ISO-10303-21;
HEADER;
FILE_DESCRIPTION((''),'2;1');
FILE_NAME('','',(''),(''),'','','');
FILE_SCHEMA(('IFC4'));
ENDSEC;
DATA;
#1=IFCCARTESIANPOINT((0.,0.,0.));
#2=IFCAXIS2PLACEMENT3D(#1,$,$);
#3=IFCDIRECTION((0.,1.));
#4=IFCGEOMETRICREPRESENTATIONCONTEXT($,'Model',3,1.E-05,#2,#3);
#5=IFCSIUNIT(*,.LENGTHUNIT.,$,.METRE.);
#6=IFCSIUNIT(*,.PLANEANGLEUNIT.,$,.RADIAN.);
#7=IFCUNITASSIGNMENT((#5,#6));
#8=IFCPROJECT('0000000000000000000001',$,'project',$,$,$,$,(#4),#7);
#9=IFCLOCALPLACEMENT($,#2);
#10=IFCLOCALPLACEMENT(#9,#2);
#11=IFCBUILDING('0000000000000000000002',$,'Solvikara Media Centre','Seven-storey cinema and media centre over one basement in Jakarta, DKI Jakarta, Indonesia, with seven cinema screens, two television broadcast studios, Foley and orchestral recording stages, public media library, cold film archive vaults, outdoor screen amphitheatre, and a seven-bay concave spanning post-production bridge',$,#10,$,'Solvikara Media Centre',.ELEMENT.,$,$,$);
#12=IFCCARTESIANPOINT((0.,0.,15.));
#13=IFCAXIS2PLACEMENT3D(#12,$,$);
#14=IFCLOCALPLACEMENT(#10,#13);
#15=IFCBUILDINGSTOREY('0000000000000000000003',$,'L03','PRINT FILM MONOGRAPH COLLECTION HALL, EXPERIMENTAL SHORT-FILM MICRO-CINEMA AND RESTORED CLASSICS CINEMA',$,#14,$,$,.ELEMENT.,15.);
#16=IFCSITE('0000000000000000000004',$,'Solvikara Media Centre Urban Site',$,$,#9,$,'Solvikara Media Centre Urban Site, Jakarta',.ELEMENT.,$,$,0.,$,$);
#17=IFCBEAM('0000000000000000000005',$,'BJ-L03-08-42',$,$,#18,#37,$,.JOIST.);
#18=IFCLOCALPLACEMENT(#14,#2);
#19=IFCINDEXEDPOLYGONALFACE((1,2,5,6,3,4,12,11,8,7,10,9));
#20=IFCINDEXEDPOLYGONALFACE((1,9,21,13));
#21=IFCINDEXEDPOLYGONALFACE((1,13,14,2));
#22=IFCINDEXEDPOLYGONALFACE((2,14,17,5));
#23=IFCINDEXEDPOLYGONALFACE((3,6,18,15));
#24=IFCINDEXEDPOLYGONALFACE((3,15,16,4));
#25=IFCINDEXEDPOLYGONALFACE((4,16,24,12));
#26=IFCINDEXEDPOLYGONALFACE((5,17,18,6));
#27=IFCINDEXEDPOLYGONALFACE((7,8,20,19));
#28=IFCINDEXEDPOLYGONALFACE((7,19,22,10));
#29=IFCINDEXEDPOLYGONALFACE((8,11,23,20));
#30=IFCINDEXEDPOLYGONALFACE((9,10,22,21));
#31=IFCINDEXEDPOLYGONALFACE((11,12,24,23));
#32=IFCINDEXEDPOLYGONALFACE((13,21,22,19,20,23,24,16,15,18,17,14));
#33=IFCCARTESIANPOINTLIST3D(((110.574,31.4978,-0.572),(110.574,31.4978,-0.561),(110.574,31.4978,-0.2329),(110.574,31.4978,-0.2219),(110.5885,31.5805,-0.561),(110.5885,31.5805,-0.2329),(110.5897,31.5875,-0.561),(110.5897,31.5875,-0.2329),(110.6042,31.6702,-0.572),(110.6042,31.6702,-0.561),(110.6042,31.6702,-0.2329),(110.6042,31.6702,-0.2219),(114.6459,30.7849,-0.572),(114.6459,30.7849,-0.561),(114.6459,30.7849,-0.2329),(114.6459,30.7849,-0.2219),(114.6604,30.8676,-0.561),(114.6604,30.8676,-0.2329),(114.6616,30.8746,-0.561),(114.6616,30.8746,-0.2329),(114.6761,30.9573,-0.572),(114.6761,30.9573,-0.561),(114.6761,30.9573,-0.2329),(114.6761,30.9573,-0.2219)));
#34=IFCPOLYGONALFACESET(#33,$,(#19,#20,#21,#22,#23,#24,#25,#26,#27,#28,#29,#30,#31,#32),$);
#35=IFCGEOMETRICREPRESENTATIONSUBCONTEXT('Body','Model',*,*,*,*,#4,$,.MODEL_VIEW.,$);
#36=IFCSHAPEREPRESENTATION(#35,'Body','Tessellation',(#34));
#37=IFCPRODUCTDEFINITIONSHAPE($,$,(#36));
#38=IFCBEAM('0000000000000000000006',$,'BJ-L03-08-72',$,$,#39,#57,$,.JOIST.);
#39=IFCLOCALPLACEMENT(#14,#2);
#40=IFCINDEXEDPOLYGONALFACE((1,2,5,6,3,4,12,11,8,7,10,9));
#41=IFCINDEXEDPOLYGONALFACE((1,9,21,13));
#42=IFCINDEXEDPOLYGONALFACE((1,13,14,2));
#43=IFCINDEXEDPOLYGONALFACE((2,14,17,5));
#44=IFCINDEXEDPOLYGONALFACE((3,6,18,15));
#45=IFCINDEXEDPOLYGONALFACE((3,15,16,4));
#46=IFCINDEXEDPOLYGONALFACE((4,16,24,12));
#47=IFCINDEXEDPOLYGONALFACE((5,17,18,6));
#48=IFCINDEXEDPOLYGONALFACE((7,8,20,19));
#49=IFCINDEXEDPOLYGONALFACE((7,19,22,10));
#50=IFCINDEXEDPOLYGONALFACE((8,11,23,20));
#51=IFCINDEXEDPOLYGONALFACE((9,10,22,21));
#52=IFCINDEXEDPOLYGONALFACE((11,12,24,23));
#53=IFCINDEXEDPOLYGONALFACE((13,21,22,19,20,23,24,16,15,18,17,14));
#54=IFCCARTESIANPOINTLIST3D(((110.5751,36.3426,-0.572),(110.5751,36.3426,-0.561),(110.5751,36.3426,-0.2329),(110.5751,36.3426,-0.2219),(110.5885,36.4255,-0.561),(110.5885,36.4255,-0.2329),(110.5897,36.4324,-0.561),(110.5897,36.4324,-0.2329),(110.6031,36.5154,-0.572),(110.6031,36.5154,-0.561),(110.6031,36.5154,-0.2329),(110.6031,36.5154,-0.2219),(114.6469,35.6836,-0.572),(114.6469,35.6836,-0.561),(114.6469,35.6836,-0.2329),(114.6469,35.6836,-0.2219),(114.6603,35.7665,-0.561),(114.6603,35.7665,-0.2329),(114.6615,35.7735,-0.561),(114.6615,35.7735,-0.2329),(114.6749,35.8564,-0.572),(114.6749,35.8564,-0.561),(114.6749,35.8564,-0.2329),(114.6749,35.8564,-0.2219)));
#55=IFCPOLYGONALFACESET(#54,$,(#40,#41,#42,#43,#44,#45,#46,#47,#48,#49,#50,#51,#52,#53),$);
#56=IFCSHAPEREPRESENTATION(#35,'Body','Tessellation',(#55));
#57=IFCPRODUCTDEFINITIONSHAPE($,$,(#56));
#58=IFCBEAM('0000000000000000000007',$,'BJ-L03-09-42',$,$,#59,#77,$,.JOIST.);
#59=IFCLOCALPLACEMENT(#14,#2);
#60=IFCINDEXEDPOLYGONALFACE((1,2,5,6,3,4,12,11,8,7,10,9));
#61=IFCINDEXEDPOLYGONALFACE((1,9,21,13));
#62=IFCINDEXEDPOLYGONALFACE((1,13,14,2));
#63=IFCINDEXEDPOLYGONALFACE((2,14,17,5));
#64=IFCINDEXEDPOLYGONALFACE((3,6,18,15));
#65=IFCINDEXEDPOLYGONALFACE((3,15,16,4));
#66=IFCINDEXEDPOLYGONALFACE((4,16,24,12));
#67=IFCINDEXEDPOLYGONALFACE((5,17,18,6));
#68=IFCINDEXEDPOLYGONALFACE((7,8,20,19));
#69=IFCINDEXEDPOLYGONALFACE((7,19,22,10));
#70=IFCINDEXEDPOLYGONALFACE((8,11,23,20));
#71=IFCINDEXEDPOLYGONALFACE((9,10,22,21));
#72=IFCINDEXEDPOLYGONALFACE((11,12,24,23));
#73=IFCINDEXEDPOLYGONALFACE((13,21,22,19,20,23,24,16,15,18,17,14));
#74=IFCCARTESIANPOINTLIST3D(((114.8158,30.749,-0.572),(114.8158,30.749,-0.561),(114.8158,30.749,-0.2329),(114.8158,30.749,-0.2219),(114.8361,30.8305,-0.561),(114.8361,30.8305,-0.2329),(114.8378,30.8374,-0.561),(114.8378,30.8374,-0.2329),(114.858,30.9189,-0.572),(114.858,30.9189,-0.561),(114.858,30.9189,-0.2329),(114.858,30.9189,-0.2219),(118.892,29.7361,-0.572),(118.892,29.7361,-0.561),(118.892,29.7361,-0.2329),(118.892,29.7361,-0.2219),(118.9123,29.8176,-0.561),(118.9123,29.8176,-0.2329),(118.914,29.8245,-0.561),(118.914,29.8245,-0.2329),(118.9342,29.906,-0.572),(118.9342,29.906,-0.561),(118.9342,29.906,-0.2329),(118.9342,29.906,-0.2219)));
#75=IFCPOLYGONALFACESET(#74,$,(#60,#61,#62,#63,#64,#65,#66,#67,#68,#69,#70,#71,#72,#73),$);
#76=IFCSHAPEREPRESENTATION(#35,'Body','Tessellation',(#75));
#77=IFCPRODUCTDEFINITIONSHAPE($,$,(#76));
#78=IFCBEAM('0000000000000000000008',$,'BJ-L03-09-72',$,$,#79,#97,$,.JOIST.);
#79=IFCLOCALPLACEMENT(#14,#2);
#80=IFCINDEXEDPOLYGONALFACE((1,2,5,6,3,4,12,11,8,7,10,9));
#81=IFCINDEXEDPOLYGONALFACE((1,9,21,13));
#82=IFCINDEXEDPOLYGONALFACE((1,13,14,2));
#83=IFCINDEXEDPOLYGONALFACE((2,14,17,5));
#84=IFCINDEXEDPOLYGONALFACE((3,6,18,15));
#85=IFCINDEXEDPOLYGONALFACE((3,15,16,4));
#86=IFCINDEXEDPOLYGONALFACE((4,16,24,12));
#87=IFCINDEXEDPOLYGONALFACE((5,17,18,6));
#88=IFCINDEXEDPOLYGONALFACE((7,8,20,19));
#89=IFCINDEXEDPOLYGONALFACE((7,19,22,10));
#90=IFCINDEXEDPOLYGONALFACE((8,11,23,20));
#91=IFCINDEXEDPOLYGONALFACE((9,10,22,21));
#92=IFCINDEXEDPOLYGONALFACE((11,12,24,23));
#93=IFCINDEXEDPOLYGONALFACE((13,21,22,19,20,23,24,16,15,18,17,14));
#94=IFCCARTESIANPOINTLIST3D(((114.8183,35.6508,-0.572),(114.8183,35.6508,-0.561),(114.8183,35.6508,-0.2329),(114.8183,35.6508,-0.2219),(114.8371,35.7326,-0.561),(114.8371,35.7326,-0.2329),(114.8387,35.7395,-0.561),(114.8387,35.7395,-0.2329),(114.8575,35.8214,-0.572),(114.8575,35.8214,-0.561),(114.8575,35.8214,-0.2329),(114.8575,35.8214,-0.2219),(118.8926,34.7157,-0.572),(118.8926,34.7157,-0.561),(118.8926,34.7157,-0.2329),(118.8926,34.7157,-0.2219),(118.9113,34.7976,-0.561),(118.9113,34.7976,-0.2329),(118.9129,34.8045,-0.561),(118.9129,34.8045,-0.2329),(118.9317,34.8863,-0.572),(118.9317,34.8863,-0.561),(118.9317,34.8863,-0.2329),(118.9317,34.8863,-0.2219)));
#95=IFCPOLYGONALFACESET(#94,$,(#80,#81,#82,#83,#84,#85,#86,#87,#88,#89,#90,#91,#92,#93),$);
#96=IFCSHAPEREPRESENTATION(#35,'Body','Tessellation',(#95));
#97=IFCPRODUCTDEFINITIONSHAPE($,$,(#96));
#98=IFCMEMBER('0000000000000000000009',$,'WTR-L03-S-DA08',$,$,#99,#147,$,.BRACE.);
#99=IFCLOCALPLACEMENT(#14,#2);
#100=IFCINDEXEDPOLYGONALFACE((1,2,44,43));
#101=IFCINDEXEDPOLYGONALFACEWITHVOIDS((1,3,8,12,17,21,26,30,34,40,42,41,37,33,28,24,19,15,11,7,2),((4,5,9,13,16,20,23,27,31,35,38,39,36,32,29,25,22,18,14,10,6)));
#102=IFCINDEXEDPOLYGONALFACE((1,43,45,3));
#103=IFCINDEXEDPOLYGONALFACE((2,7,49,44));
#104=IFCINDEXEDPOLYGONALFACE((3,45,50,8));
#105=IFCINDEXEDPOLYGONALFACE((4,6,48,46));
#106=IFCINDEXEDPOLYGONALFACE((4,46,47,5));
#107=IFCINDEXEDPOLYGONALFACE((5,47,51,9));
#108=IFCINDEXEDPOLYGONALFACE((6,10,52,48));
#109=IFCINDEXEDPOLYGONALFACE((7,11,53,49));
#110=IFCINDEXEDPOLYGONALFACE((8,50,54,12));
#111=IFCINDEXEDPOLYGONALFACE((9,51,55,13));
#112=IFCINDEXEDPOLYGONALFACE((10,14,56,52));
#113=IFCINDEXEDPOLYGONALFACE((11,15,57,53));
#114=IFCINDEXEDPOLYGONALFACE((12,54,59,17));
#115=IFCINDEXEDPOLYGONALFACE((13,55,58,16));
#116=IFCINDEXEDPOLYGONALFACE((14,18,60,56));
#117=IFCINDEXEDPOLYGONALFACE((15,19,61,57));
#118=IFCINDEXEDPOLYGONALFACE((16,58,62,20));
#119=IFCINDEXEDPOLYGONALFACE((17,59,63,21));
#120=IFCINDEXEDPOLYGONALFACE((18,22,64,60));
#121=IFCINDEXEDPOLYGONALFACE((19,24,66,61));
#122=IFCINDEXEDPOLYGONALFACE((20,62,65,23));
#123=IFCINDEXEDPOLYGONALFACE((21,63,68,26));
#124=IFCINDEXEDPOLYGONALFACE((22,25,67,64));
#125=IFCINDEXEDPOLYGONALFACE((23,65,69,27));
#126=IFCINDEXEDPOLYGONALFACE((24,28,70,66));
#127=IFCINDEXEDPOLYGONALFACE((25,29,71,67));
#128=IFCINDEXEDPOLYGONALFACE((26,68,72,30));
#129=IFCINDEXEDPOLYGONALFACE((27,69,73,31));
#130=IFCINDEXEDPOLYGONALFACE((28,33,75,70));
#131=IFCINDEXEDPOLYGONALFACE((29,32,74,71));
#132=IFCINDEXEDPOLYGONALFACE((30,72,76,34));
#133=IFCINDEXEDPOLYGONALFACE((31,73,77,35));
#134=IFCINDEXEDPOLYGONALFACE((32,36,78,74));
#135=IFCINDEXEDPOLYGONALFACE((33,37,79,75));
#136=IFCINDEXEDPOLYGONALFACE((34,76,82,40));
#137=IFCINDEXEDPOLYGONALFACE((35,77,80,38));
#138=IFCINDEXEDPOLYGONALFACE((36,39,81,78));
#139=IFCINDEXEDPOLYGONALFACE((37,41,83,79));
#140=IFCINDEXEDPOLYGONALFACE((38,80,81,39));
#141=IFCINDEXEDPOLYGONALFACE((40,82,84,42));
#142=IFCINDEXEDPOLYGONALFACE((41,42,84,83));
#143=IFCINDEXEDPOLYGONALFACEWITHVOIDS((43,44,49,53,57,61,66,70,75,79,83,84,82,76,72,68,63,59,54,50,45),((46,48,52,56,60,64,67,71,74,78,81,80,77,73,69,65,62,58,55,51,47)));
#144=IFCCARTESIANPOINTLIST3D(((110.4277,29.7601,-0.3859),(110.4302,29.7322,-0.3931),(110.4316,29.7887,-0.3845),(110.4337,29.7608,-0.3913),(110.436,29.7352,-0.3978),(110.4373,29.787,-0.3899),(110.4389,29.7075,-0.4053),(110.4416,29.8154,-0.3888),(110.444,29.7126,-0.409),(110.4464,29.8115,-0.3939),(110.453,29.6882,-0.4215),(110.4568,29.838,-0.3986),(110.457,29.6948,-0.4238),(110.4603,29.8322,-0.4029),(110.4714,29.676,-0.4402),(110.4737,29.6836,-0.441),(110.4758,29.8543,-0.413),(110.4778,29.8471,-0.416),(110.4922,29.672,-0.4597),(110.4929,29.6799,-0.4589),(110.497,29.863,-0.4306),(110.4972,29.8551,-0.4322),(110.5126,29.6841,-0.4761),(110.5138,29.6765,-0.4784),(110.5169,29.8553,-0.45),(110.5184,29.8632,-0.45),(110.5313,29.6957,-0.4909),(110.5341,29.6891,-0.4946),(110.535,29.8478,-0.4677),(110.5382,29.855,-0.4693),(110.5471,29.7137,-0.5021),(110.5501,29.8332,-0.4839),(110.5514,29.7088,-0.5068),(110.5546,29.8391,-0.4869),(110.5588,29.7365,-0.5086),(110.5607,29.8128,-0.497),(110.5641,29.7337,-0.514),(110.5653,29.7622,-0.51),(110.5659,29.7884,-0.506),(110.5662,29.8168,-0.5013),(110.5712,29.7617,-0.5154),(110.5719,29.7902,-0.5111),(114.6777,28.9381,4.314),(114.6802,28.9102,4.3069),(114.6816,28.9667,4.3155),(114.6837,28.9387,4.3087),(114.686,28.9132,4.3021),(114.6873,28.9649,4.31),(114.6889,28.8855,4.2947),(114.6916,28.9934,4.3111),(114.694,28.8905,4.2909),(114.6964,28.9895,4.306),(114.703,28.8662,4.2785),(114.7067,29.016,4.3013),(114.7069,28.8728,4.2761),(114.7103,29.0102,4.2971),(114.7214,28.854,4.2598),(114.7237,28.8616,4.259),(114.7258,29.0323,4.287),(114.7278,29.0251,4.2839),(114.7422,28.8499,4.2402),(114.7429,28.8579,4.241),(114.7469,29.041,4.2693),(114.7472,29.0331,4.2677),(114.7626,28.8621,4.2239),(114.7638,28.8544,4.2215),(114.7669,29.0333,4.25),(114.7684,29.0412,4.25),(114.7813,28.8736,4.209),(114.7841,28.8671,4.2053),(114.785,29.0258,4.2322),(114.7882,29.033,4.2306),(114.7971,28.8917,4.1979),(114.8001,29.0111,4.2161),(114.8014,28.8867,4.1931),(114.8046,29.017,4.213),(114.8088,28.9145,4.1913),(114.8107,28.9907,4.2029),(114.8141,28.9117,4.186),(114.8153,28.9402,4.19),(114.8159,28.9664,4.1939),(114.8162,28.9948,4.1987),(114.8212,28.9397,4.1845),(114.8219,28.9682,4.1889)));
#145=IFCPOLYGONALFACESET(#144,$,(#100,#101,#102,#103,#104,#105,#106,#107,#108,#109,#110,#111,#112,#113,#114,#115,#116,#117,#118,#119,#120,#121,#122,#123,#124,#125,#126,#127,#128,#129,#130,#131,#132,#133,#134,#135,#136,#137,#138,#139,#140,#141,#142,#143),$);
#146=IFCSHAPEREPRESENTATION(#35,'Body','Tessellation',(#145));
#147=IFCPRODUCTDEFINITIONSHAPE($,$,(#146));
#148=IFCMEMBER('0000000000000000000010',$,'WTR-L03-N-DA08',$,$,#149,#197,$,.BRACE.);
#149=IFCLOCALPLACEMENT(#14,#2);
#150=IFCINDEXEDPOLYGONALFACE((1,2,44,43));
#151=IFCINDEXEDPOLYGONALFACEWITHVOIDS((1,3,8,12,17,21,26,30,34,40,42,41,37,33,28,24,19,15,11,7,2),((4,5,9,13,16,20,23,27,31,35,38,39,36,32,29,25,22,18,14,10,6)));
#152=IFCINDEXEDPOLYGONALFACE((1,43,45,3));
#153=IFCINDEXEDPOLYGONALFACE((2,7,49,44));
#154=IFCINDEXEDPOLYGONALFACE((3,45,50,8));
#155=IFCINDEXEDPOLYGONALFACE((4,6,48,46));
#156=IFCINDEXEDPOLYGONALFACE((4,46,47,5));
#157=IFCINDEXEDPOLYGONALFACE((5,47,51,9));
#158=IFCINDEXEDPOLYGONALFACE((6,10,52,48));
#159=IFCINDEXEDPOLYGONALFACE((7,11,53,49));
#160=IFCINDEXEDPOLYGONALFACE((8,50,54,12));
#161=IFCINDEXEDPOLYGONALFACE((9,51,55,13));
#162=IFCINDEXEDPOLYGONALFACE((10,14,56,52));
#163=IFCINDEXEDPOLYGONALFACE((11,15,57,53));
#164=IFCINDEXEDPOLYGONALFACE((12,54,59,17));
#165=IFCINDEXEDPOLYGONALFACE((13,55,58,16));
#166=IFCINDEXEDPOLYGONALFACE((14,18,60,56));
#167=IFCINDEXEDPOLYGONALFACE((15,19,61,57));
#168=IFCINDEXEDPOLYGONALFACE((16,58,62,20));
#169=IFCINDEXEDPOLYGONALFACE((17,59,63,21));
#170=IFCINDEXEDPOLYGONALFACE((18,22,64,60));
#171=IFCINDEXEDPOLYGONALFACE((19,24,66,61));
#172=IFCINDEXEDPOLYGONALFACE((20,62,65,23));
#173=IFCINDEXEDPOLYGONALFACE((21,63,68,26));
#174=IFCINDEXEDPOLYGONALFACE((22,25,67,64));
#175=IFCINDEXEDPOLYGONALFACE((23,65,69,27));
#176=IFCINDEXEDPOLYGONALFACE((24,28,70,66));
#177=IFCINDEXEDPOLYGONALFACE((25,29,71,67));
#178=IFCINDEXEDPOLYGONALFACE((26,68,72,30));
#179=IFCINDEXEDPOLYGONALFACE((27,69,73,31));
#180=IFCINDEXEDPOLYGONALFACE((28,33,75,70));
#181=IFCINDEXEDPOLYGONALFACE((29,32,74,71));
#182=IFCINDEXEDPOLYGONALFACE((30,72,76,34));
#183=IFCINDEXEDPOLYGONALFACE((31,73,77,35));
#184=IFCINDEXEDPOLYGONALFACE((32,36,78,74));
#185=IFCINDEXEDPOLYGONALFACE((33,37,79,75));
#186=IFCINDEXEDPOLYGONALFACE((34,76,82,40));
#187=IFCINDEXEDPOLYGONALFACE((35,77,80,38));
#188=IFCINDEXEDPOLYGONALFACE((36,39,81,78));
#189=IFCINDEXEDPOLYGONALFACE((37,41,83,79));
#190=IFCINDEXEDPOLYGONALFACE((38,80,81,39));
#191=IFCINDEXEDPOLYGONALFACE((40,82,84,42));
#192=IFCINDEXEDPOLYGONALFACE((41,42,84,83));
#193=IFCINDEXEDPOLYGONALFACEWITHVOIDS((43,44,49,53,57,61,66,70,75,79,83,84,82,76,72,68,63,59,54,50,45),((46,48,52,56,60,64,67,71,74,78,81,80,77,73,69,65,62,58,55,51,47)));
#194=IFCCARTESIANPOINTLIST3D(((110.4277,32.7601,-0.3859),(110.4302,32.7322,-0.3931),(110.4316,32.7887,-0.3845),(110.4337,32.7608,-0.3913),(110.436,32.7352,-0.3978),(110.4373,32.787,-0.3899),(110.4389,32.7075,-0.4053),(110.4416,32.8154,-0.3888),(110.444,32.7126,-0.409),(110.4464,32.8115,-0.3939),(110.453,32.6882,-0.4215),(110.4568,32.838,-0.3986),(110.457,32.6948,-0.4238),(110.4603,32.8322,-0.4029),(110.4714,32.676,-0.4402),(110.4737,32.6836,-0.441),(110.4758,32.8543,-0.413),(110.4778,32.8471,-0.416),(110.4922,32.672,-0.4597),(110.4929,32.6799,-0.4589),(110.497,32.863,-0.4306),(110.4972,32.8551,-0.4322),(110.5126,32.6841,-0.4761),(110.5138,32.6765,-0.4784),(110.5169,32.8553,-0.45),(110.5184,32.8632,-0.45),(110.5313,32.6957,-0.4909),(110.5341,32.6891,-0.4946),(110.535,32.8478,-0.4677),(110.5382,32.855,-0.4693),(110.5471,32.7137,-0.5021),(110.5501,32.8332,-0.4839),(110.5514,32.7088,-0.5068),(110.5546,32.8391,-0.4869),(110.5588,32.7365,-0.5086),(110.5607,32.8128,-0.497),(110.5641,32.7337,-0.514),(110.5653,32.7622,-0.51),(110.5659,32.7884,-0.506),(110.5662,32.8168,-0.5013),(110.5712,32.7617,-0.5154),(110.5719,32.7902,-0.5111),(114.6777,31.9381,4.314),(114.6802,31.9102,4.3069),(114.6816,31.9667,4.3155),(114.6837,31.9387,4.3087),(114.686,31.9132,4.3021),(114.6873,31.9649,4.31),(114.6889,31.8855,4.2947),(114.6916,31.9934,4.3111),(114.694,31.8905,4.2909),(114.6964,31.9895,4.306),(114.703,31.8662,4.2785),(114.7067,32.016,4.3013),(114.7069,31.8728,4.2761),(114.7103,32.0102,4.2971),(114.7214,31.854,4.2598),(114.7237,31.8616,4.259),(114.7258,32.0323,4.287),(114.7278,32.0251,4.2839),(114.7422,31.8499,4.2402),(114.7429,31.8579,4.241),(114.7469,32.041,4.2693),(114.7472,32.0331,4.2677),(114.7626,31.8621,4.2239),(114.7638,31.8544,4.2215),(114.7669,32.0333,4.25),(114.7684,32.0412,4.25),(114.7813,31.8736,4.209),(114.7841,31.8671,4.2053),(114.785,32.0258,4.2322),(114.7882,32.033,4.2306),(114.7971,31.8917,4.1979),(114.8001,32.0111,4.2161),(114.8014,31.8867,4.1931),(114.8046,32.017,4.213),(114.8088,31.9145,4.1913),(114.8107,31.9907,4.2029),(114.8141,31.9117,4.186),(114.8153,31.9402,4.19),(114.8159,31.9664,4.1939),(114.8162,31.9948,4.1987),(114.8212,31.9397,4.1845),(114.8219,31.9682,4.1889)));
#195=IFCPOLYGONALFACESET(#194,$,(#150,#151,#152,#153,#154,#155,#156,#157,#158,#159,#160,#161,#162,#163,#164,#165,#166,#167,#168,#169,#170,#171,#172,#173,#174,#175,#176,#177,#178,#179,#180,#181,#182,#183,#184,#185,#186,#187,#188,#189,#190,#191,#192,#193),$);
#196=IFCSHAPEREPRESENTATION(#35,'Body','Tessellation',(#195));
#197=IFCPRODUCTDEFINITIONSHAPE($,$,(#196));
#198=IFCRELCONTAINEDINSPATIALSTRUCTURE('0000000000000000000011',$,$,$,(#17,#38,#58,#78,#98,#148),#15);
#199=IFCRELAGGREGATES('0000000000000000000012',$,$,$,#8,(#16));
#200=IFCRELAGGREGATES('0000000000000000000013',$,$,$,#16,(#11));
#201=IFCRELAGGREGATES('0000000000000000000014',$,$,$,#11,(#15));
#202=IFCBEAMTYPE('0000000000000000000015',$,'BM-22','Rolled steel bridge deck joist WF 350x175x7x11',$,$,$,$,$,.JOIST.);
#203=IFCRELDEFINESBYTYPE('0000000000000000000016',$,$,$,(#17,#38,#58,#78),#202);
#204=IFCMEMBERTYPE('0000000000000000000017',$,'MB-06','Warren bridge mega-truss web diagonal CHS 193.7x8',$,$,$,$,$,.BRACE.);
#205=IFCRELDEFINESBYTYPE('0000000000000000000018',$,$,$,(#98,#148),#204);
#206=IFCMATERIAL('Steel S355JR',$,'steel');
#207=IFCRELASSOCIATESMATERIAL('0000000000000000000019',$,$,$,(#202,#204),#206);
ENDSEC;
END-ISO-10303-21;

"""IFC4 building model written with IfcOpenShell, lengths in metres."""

from ifc_helpers import new_model, si_unit, direction, frame, origin, origin_2d, place, context, subcontext, project, spatial, hollow_circle, i_section, extrude, material, material_profile, profile_set, type_object, element, save


model = new_model("IFC4")

# Units and contexts
model_context = context("Model", 3, precision=1e-05, world=origin(), true_north=direction((0.0, 1.0)))
body_context = subcontext(model_context, "Body", "Model", "MODEL_VIEW")
ifc_project = project(units=[si_unit("LENGTHUNIT", "METRE"), si_unit("PLANEANGLEUNIT", "RADIAN")], contexts=[model_context])

# Site, building, storey
site_placement = place(None, origin())
site = spatial("IfcSite", under=ifc_project, at=site_placement, Name="Solvikara Media Centre Urban Site", LongName="Solvikara Media Centre Urban Site, Jakarta", CompositionType="ELEMENT", RefElevation=0.0)
building_placement = place(site_placement, origin())
building = spatial("IfcBuilding", under=site, at=building_placement, Name="Solvikara Media Centre", Description="Seven-storey cinema and media centre over one basement in Jakarta, DKI Jakarta, Indonesia, with seven cinema screens, two television broadcast studios, Foley and orchestral recording stages, public media library, cold film archive vaults, outdoor screen amphitheatre, and a seven-bay concave spanning post-production bridge", LongName="Solvikara Media Centre", CompositionType="ELEMENT")
storey_placement = place(building_placement, frame((0.0, 0.0, 15.0)))
storey = spatial("IfcBuildingStorey", under=building, at=storey_placement, Name="L03", Description="PRINT FILM MONOGRAPH COLLECTION HALL, EXPERIMENTAL SHORT-FILM MICRO-CINEMA AND RESTORED CLASSICS CINEMA", CompositionType="ELEMENT", Elevation=15.0)

# Beams
ifc_material_1 = material(Name="Steel S355JR", Category="steel")
ifc_material_profile_1 = material_profile(ifc_material_1, i_section(OverallWidth=0.175, OverallDepth=0.3501, WebThickness=0.0071, FlangeThickness=0.011, at=origin_2d()), Name="WF 350x175x7x11")
ifc_profile_set_1 = profile_set([ifc_material_profile_1], Name="Steel S355JR")
beam_type_1 = type_object("IfcBeamType", Name="BM-22", Description="Rolled steel bridge deck joist WF 350x175x7x11", PredefinedType="JOIST", material=ifc_profile_set_1)
beam_1_placement = place(storey_placement, frame((110.5891, 31.584, -0.397), z_axis=(0.985017, -0.172458, 0.0), x_axis=(0.172458, 0.985017, 0.0)))
element("IfcBeam", 1, at=beam_1_placement, inside=storey, type_object=beam_type_1, Name="BJ-L03-08-42", PredefinedType="JOIST", context=body_context, shape_type="SweptSolid", body=[
    extrude(i_section(OverallWidth=0.175, OverallDepth=0.3501, WebThickness=0.0071, FlangeThickness=0.011, at=origin_2d()), origin(), (0.0, 0.0, 1.0), 4.1338),
])
beam_2_placement = place(storey_placement, frame((110.5891, 36.429, -0.397), z_axis=(0.987157, -0.159752, 0.0), x_axis=(0.159752, 0.987157, 0.0)))
element("IfcBeam", 2, at=beam_2_placement, inside=storey, type_object=beam_type_1, Name="BJ-L03-08-72", PredefinedType="JOIST", context=body_context, shape_type="SweptSolid", body=[
    extrude(i_section(OverallWidth=0.175, OverallDepth=0.3501, WebThickness=0.0071, FlangeThickness=0.011, at=origin_2d()), origin(), (0.0, 0.0, 1.0), 4.1248),
])
beam_3_placement = place(storey_placement, frame((114.8369, 30.834, -0.397), z_axis=(0.970483, -0.241168, 0.0), x_axis=(0.241168, 0.970483, 0.0)))
element("IfcBeam", 3, at=beam_3_placement, inside=storey, type_object=beam_type_1, Name="BJ-L03-09-42", PredefinedType="JOIST", context=body_context, shape_type="SweptSolid", body=[
    extrude(i_section(OverallWidth=0.175, OverallDepth=0.3501, WebThickness=0.0071, FlangeThickness=0.011, at=origin_2d()), origin(), (0.0, 0.0, 1.0), 4.2002),
])
beam_4_placement = place(storey_placement, frame((114.8379, 35.7361, -0.397), z_axis=(0.97466, -0.223691, 0.0), x_axis=(0.223691, 0.97466, 0.0)))
element("IfcBeam", 4, at=beam_4_placement, inside=storey, type_object=beam_type_1, Name="BJ-L03-09-72", PredefinedType="JOIST", context=body_context, shape_type="SweptSolid", body=[
    extrude(i_section(OverallWidth=0.175, OverallDepth=0.3501, WebThickness=0.0071, FlangeThickness=0.011, at=origin_2d()), origin(), (0.0, 0.0, 1.0), 4.1802),
])

# Members
ifc_material_profile_2 = material_profile(ifc_material_1, hollow_circle(Radius=0.0969, WallThickness=0.0081, at=origin_2d()), Name="CHS 193.7x8")
ifc_profile_set_2 = profile_set([ifc_material_profile_2], Name="Steel S355JR")
member_type_1 = type_object("IfcMemberType", Name="MB-06", Description="Warren bridge mega-truss web diagonal CHS 193.7x8", PredefinedType="BRACE", material=ifc_profile_set_2)
for number, where, z_axis, x_axis, name in (
    (5, (110.5, 29.7681, -0.45), (0.665137, -0.128649, 0.735556), (0.189897, 0.981804, 0.0), "WTR-L03-S-DA08"),
    (6, (110.5, 32.7681, -0.45), (0.665137, -0.128649, 0.735556), (0.189897, 0.981804, 0.0), "WTR-L03-N-DA08"),
):
    element("IfcMember", number, at=place(storey_placement, frame(where, z_axis=z_axis, x_axis=x_axis)), inside=storey, type_object=member_type_1, Name=name, PredefinedType="BRACE", context=body_context, shape_type="SweptSolid", body=[
        extrude(hollow_circle(Radius=0.0969, WallThickness=0.0081, at=origin_2d()), origin(), (0.0, 0.0, 1.0), 6.3896),
    ])

save(model, "model.ifc")
